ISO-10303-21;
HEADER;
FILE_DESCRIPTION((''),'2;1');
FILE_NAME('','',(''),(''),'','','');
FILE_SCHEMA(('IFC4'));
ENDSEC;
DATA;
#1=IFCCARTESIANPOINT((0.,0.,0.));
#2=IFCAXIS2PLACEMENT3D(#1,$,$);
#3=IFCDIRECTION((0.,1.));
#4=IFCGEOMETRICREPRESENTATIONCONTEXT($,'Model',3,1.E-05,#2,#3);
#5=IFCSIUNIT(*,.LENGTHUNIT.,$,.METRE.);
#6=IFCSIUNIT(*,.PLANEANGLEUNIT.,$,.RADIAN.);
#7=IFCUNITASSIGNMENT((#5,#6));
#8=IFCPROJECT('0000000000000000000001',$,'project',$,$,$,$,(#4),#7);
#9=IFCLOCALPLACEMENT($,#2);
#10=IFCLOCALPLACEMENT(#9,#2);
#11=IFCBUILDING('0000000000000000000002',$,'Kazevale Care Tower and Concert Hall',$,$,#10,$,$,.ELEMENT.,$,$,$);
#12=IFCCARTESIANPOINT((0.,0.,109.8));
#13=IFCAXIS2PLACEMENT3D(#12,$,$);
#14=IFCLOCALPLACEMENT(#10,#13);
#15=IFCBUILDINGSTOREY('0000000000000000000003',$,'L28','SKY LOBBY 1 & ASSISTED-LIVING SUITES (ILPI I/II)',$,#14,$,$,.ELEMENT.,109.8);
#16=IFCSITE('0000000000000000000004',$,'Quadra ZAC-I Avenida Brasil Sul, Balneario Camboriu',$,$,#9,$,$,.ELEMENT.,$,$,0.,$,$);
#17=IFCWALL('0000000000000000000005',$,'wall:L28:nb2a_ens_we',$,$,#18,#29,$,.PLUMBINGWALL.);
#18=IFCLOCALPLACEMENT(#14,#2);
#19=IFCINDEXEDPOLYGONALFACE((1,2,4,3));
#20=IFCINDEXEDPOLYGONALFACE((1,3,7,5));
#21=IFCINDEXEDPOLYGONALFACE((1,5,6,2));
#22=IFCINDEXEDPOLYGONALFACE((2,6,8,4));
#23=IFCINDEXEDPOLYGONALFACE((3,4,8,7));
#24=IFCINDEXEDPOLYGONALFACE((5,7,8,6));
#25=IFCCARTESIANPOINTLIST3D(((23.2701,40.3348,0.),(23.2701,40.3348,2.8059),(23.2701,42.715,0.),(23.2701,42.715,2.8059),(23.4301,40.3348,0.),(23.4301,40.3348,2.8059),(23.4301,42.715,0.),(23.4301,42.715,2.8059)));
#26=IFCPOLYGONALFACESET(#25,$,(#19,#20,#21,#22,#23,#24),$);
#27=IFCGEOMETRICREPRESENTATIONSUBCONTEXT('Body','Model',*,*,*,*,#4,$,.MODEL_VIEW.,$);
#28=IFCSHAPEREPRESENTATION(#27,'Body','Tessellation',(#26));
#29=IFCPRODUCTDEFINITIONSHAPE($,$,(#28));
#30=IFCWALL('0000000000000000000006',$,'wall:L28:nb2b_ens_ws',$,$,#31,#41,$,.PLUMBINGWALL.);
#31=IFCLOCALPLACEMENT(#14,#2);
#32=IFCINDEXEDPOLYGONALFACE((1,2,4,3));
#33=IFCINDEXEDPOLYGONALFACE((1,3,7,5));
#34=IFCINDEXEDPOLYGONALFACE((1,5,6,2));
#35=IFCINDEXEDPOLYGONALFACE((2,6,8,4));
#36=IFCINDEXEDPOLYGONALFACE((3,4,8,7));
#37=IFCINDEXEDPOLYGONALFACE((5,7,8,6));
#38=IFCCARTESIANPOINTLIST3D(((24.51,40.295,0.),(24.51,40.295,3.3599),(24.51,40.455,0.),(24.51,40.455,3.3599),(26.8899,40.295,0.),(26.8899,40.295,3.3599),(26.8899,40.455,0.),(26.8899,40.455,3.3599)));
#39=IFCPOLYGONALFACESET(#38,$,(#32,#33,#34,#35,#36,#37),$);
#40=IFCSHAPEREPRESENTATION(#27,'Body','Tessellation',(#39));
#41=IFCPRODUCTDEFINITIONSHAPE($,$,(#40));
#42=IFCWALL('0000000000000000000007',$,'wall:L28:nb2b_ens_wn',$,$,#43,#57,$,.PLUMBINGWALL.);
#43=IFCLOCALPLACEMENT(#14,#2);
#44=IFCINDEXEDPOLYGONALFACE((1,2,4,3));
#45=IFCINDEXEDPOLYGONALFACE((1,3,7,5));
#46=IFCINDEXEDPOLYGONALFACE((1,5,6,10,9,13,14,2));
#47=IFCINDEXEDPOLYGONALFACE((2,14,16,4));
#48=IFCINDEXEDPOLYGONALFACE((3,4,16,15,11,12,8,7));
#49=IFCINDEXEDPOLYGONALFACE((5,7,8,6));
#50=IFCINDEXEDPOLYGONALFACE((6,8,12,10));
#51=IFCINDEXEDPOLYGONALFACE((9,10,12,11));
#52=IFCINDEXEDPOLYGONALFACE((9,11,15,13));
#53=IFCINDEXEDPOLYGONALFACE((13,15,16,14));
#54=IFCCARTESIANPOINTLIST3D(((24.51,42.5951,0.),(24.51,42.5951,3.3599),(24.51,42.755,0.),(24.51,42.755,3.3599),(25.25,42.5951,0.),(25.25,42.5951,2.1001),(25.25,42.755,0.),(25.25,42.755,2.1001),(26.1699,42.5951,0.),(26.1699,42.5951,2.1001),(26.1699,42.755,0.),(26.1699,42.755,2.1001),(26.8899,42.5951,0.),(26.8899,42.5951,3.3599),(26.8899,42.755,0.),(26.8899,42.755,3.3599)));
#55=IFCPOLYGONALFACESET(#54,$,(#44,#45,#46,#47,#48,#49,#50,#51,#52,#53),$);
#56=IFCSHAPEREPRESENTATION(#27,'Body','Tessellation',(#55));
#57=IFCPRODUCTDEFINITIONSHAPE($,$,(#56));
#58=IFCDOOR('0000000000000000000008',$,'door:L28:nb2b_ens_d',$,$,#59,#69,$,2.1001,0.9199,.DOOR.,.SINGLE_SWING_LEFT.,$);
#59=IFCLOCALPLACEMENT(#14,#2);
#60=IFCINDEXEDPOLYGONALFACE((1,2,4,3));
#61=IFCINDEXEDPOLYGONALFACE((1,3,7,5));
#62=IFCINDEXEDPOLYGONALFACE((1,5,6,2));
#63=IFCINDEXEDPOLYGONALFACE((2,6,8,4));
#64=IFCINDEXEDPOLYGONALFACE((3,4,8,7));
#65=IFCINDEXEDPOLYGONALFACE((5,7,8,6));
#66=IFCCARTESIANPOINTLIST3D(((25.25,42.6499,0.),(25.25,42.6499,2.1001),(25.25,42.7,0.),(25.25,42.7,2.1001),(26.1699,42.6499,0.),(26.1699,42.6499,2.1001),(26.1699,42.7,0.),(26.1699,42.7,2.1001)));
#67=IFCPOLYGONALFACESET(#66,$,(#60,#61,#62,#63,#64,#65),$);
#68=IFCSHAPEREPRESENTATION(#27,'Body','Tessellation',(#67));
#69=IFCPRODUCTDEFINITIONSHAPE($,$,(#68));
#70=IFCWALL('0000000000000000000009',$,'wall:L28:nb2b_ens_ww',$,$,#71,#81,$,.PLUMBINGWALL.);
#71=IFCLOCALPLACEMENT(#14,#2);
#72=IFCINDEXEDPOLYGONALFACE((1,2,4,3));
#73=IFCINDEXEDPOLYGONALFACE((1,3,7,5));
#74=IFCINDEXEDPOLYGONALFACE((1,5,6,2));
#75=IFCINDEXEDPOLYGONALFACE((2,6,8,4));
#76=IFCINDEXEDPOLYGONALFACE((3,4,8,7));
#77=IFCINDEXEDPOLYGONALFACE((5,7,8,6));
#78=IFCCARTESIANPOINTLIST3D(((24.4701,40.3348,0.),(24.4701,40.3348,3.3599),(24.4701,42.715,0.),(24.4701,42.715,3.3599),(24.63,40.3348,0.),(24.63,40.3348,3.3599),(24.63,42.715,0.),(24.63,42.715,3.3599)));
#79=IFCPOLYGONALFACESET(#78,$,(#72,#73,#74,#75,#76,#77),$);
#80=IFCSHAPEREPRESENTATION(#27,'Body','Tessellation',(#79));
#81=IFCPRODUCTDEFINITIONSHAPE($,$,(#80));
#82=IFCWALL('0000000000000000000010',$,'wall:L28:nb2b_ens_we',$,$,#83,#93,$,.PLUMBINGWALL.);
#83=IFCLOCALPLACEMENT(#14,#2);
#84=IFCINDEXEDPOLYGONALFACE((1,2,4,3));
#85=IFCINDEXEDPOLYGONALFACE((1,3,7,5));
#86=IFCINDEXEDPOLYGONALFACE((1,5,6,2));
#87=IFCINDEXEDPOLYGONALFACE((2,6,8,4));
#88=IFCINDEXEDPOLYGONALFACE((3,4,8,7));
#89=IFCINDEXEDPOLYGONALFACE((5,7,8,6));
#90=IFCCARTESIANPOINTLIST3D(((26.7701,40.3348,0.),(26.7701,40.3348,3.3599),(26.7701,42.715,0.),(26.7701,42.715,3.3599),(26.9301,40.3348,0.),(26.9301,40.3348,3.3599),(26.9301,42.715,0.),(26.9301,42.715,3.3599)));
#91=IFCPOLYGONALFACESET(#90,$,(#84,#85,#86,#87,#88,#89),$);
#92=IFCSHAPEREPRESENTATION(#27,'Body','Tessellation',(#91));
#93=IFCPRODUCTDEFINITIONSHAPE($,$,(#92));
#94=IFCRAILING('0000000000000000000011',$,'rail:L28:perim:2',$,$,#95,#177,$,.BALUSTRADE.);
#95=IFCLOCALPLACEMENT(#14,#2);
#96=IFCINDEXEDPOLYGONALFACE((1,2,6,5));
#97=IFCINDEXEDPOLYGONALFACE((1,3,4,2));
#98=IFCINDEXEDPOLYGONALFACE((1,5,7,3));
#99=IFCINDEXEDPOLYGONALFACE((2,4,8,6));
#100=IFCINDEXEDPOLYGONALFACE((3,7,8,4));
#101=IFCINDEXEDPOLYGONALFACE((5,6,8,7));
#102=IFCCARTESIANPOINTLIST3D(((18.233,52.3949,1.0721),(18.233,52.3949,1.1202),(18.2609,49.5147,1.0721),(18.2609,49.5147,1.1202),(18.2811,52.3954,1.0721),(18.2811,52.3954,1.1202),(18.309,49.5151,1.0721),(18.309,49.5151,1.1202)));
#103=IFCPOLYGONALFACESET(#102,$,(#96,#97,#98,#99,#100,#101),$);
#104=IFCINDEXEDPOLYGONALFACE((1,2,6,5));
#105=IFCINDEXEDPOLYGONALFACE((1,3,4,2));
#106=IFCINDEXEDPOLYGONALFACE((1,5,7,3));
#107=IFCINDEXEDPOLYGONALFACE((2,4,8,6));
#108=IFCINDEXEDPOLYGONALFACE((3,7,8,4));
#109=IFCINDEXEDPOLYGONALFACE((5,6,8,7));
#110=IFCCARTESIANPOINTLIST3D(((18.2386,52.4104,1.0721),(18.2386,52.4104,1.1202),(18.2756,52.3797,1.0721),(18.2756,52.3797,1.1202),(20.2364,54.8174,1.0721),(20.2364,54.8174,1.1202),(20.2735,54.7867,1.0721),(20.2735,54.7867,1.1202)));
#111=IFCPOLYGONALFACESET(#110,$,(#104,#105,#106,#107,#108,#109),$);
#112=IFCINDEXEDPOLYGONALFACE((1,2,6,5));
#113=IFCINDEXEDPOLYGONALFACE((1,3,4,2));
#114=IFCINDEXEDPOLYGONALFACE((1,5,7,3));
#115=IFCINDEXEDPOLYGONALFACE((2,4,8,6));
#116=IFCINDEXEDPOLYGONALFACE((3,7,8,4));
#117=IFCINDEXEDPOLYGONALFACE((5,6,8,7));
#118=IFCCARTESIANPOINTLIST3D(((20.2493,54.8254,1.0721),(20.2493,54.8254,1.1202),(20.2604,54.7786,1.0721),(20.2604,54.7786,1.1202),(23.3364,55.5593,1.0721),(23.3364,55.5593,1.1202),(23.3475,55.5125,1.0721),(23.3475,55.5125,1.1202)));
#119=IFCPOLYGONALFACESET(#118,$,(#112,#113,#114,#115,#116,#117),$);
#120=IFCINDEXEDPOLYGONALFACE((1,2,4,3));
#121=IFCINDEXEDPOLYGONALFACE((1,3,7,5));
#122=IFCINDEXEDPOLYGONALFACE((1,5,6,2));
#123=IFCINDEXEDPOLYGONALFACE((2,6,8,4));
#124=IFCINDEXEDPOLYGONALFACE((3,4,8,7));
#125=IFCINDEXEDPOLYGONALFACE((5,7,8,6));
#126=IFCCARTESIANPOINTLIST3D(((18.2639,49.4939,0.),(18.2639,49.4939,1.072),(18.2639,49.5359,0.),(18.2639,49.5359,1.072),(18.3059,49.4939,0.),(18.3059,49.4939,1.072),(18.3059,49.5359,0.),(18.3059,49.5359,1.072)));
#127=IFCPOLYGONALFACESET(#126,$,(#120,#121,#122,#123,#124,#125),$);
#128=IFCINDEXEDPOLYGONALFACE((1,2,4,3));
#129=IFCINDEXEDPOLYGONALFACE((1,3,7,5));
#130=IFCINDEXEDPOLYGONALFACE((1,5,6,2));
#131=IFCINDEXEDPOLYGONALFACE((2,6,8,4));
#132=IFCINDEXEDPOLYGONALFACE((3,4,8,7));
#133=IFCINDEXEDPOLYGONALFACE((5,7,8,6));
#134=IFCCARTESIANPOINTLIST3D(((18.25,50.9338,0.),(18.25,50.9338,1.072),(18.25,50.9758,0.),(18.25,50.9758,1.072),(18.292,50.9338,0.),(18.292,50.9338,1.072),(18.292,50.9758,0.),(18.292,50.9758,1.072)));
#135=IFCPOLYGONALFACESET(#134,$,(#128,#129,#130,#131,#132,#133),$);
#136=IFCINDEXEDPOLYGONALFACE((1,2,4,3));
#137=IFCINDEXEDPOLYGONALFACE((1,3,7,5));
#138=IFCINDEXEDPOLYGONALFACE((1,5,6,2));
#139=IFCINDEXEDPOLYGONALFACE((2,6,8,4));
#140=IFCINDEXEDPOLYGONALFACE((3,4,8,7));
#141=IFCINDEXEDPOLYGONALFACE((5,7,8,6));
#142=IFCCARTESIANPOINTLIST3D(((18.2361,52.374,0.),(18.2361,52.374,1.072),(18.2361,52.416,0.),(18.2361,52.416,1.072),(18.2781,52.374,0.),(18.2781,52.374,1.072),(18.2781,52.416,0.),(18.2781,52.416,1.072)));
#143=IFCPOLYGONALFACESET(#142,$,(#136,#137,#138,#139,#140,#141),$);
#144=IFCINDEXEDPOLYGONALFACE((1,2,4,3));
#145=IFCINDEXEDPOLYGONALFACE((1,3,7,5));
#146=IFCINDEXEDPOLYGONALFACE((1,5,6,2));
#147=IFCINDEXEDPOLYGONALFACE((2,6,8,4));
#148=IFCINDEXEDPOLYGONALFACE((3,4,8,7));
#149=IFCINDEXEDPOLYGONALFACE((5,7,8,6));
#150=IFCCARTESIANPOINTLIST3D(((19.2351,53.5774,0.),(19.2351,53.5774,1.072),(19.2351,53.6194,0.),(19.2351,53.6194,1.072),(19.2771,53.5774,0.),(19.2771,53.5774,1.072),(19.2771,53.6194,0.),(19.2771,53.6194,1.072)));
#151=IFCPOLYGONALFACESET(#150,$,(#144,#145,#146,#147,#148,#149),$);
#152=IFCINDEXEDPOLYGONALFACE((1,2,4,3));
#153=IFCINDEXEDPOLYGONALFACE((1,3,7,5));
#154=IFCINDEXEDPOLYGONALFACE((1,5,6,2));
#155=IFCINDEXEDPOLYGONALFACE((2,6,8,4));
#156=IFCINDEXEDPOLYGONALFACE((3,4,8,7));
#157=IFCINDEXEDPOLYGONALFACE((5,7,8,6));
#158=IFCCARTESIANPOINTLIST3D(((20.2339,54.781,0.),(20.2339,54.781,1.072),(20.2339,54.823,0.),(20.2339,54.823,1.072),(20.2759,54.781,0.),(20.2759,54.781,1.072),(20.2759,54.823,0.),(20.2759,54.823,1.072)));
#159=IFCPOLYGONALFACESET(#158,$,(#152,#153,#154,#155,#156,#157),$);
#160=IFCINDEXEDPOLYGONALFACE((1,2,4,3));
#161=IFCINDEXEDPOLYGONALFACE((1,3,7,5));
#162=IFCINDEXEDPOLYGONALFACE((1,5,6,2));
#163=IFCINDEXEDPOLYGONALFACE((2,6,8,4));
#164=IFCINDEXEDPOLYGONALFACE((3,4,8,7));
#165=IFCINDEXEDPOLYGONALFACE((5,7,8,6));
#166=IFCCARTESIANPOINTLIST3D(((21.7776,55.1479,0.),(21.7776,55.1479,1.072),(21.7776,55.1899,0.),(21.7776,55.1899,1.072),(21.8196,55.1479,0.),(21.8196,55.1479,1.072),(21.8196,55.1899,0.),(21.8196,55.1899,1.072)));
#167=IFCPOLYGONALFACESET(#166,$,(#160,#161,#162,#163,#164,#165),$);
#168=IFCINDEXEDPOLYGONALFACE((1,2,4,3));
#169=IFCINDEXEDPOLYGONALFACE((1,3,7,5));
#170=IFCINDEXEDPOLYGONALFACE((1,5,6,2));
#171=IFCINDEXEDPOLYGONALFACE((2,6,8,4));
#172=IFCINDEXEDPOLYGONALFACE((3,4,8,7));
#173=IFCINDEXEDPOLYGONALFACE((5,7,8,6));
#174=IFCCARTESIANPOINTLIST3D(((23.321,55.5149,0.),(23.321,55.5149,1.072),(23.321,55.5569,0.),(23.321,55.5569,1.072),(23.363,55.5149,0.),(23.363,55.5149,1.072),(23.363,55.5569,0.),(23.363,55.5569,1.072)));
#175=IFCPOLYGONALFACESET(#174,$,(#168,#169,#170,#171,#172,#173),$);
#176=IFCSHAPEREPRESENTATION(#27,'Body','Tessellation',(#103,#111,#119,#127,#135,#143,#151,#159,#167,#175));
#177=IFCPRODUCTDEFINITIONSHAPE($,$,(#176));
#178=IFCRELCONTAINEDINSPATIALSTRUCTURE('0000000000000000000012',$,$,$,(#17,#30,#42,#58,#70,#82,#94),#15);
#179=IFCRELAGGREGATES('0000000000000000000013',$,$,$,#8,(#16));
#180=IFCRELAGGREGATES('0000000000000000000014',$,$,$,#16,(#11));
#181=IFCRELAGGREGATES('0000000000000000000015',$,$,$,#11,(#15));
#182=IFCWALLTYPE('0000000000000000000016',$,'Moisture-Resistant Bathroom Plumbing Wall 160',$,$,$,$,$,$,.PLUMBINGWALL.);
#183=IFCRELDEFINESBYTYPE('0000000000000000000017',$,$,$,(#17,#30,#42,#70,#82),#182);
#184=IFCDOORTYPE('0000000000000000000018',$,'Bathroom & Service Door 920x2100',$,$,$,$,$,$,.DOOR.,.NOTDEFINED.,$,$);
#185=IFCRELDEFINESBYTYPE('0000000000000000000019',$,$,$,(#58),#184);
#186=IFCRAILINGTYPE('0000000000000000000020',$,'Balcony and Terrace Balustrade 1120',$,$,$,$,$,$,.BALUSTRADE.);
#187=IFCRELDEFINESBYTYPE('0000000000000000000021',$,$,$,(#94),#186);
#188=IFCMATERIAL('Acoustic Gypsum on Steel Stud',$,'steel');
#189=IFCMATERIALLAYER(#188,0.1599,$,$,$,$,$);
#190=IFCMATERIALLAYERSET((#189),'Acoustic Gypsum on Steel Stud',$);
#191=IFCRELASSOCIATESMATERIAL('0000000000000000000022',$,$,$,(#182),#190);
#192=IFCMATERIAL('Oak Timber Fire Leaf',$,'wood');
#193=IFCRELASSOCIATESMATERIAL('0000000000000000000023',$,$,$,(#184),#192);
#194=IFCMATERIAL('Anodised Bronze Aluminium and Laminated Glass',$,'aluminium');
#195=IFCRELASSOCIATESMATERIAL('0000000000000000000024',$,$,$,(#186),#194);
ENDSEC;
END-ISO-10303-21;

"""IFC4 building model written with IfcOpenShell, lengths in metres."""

from ifc_helpers import new_model, si_unit, direction, frame, frame_2d, origin, origin_2d, place, context, subcontext, project, spatial, rectangle, extrude, material, layer, layer_set, type_object, element, fill, save


model = new_model("IFC4")

# Units and contexts
model_context = context("Model", 3, precision=1e-05, world=origin(), true_north=direction((0.0, 1.0)))
body_context = subcontext(model_context, "Body", "Model", "MODEL_VIEW")
ifc_project = project(units=[si_unit("LENGTHUNIT", "METRE"), si_unit("PLANEANGLEUNIT", "RADIAN")], contexts=[model_context])

# Site, building, storey
site_placement = place(None, origin())
site = spatial("IfcSite", under=ifc_project, at=site_placement, Name="Quadra ZAC-I Avenida Brasil Sul, Balneario Camboriu", CompositionType="ELEMENT", RefElevation=0.0)
building_placement = place(site_placement, origin())
building = spatial("IfcBuilding", under=site, at=building_placement, Name="Kazevale Care Tower and Concert Hall", CompositionType="ELEMENT")
storey_placement = place(building_placement, frame((0.0, 0.0, 109.8)))
storey = spatial("IfcBuildingStorey", under=building, at=storey_placement, Name="L28", Description="SKY LOBBY 1 & ASSISTED-LIVING SUITES (ILPI I/II)", CompositionType="ELEMENT", Elevation=109.8)

# Shared definitions
ifc_material_1 = material(Name="Acoustic Gypsum on Steel Stud", Category="steel")
ifc_layer_1 = layer(ifc_material_1, 0.1599)
ifc_layer_set_1 = layer_set([ifc_layer_1], Name="Acoustic Gypsum on Steel Stud")
wall_type_1 = type_object("IfcWallType", Name="Moisture-Resistant Bathroom Plumbing Wall 160", PredefinedType="PLUMBINGWALL", material=ifc_layer_set_1)

# Shared definitions
ifc_material_2 = material(Name="Oak Timber Fire Leaf", Category="wood")
door_type = type_object("IfcDoorType", Name="Bathroom & Service Door 920x2100", OperationType="NOTDEFINED", PredefinedType="DOOR", material=ifc_material_2)

# Walls
wall_1_placement = place(storey_placement, frame((23.3501, 40.335, 0.0), z_axis=(0.0, 0.0, 1.0), x_axis=(0.0, 1.0, 0.0)))
element("IfcWall", 1, at=wall_1_placement, inside=storey, type_object=wall_type_1, Name="wall:L28:nb2a_ens_we", PredefinedType="PLUMBINGWALL", context=body_context, shape_type="SweptSolid", body=[
    extrude(rectangle(XDim=2.3801, YDim=0.1599, at=frame_2d((1.1899, 0.0))), origin(), (0.0, 0.0, 1.0), 2.8059),
])
wall_2_placement = place(storey_placement, frame((24.51, 40.375, 0.0), z_axis=(0.0, 0.0, 1.0), x_axis=(1.0, 0.0, 0.0)))
element("IfcWall", 2, at=wall_2_placement, inside=storey, type_object=wall_type_1, Name="wall:L28:nb2b_ens_ws", PredefinedType="PLUMBINGWALL", context=body_context, shape_type="SweptSolid", body=[
    extrude(rectangle(XDim=2.3799, YDim=0.1599, at=frame_2d((1.1899, 0.0))), origin(), (0.0, 0.0, 1.0), 3.3599),
])

# Wall, opening, door
wall_3_placement = place(storey_placement, frame((24.51, 42.675, 0.0), z_axis=(0.0, 0.0, 1.0), x_axis=(1.0, 0.0, 0.0)))
wall_3 = element("IfcWall", 3, at=wall_3_placement, inside=storey, type_object=wall_type_1, Name="wall:L28:nb2b_ens_wn", PredefinedType="PLUMBINGWALL", context=body_context, shape_type="SweptSolid", body=[
    extrude(rectangle(XDim=2.3799, YDim=0.1599, at=frame_2d((1.1899, 0.0))), origin(), (0.0, 0.0, 1.0), 3.3599),
])
opening_1_placement = place(wall_3_placement, frame((0.74, 0.0, 0.0)))
opening_1 = element("IfcOpeningElement", 4, at=opening_1_placement, cuts=wall_3, PredefinedType="OPENING", context=body_context, shape_type="SweptSolid", body=[
    extrude(rectangle(XDim=0.9199, YDim=2.1001, at=frame_2d((0.46, 1.05))), frame((0.0, 0.0898, 0.0), z_axis=(0.0, -1.0, 0.0), x_axis=(1.0, 0.0, 0.0)), (0.0, 0.0, 1.0), 0.1799),
])
door_1_placement = place(opening_1_placement, origin())
door_1 = element("IfcDoor", 5, at=door_1_placement, inside=storey, type_object=door_type, Name="door:L28:nb2b_ens_d", OperationType="SINGLE_SWING_LEFT", OverallHeight=2.1001, OverallWidth=0.9199, PredefinedType="DOOR", context=body_context, shape_type="SweptSolid", body=[
    extrude(rectangle(XDim=0.9199, YDim=2.1001, at=frame_2d((0.46, 1.05))), frame((0.0, 0.0249, 0.0), z_axis=(0.0, -1.0, 0.0), x_axis=(1.0, 0.0, 0.0)), (0.0, 0.0, 1.0), 0.05),
])
fill(opening_1, door_1)

# Walls
for number, where, z_axis, x_axis, name in (
    (6, (24.55, 40.335, 0.0), (0.0, 0.0, 1.0), (0.0, 1.0, 0.0), "wall:L28:nb2b_ens_ww"),
    (7, (26.8501, 40.335, 0.0), (0.0, 0.0, 1.0), (0.0, 1.0, 0.0), "wall:L28:nb2b_ens_we"),
):
    element("IfcWall", number, at=place(storey_placement, frame(where, z_axis=z_axis, x_axis=x_axis)), inside=storey, type_object=wall_type_1, Name=name, PredefinedType="PLUMBINGWALL", context=body_context, shape_type="SweptSolid", body=[
        extrude(rectangle(XDim=2.3801, YDim=0.1599, at=frame_2d((1.1899, 0.0))), origin(), (0.0, 0.0, 1.0), 3.3599),
    ])

# Railing
ifc_material_3 = material(Name="Anodised Bronze Aluminium and Laminated Glass", Category="aluminium")
railing_type = type_object("IfcRailingType", Name="Balcony and Terrace Balustrade 1120", PredefinedType="BALUSTRADE", material=ifc_material_3)
railing_1_placement = place(storey_placement, frame((18.2849, 49.5149, 0.0)))
element("IfcRailing", 8, at=railing_1_placement, inside=storey, type_object=railing_type, Name="rail:L28:perim:2", PredefinedType="BALUSTRADE", context=body_context, shape_type="SweptSolid", body=[
    extrude(rectangle(XDim=0.0481, YDim=0.0481, at=origin_2d()), frame((0.0, 0.0, 1.0962), z_axis=(-0.009663, 0.999953, 0.0), x_axis=(-0.999953, -0.009663, 0.0)), (0.0, 0.0, 1.0), 2.8804),
    extrude(rectangle(XDim=0.0481, YDim=0.0481, at=origin_2d()), frame((-0.0278, 2.8801, 1.0962), z_axis=(0.638671, 0.76948, 0.0), x_axis=(-0.76948, 0.638671, 0.0)), (0.0, 0.0, 1.0), 3.1282),
    extrude(rectangle(XDim=0.0481, YDim=0.0481, at=origin_2d()), frame((1.97, 5.2871, 1.0962), z_axis=(0.972888, 0.231277, 0.0), x_axis=(-0.231277, 0.972888, 0.0)), (0.0, 0.0, 1.0), 3.1731),
    extrude(rectangle(XDim=0.042, YDim=0.042, at=origin_2d()), origin(), (0.0, 0.0, 1.0), 1.072),
    extrude(rectangle(XDim=0.042, YDim=0.042, at=origin_2d()), frame((-0.0139, 1.4399, 0.0)), (0.0, 0.0, 1.0), 1.072),
    extrude(rectangle(XDim=0.042, YDim=0.042, at=origin_2d()), frame((-0.0278, 2.8801, 0.0)), (0.0, 0.0, 1.0), 1.072),
    extrude(rectangle(XDim=0.042, YDim=0.042, at=origin_2d()), frame((0.9712, 4.0835, 0.0)), (0.0, 0.0, 1.0), 1.072),
    extrude(rectangle(XDim=0.042, YDim=0.042, at=origin_2d()), frame((1.97, 5.2871, 0.0)), (0.0, 0.0, 1.0), 1.072),
    extrude(rectangle(XDim=0.042, YDim=0.042, at=origin_2d()), frame((3.5137, 5.6541, 0.0)), (0.0, 0.0, 1.0), 1.072),
    extrude(rectangle(XDim=0.042, YDim=0.042, at=origin_2d()), frame((5.0571, 6.021, 0.0)), (0.0, 0.0, 1.0), 1.072),
])

save(model, "model.ifc")
